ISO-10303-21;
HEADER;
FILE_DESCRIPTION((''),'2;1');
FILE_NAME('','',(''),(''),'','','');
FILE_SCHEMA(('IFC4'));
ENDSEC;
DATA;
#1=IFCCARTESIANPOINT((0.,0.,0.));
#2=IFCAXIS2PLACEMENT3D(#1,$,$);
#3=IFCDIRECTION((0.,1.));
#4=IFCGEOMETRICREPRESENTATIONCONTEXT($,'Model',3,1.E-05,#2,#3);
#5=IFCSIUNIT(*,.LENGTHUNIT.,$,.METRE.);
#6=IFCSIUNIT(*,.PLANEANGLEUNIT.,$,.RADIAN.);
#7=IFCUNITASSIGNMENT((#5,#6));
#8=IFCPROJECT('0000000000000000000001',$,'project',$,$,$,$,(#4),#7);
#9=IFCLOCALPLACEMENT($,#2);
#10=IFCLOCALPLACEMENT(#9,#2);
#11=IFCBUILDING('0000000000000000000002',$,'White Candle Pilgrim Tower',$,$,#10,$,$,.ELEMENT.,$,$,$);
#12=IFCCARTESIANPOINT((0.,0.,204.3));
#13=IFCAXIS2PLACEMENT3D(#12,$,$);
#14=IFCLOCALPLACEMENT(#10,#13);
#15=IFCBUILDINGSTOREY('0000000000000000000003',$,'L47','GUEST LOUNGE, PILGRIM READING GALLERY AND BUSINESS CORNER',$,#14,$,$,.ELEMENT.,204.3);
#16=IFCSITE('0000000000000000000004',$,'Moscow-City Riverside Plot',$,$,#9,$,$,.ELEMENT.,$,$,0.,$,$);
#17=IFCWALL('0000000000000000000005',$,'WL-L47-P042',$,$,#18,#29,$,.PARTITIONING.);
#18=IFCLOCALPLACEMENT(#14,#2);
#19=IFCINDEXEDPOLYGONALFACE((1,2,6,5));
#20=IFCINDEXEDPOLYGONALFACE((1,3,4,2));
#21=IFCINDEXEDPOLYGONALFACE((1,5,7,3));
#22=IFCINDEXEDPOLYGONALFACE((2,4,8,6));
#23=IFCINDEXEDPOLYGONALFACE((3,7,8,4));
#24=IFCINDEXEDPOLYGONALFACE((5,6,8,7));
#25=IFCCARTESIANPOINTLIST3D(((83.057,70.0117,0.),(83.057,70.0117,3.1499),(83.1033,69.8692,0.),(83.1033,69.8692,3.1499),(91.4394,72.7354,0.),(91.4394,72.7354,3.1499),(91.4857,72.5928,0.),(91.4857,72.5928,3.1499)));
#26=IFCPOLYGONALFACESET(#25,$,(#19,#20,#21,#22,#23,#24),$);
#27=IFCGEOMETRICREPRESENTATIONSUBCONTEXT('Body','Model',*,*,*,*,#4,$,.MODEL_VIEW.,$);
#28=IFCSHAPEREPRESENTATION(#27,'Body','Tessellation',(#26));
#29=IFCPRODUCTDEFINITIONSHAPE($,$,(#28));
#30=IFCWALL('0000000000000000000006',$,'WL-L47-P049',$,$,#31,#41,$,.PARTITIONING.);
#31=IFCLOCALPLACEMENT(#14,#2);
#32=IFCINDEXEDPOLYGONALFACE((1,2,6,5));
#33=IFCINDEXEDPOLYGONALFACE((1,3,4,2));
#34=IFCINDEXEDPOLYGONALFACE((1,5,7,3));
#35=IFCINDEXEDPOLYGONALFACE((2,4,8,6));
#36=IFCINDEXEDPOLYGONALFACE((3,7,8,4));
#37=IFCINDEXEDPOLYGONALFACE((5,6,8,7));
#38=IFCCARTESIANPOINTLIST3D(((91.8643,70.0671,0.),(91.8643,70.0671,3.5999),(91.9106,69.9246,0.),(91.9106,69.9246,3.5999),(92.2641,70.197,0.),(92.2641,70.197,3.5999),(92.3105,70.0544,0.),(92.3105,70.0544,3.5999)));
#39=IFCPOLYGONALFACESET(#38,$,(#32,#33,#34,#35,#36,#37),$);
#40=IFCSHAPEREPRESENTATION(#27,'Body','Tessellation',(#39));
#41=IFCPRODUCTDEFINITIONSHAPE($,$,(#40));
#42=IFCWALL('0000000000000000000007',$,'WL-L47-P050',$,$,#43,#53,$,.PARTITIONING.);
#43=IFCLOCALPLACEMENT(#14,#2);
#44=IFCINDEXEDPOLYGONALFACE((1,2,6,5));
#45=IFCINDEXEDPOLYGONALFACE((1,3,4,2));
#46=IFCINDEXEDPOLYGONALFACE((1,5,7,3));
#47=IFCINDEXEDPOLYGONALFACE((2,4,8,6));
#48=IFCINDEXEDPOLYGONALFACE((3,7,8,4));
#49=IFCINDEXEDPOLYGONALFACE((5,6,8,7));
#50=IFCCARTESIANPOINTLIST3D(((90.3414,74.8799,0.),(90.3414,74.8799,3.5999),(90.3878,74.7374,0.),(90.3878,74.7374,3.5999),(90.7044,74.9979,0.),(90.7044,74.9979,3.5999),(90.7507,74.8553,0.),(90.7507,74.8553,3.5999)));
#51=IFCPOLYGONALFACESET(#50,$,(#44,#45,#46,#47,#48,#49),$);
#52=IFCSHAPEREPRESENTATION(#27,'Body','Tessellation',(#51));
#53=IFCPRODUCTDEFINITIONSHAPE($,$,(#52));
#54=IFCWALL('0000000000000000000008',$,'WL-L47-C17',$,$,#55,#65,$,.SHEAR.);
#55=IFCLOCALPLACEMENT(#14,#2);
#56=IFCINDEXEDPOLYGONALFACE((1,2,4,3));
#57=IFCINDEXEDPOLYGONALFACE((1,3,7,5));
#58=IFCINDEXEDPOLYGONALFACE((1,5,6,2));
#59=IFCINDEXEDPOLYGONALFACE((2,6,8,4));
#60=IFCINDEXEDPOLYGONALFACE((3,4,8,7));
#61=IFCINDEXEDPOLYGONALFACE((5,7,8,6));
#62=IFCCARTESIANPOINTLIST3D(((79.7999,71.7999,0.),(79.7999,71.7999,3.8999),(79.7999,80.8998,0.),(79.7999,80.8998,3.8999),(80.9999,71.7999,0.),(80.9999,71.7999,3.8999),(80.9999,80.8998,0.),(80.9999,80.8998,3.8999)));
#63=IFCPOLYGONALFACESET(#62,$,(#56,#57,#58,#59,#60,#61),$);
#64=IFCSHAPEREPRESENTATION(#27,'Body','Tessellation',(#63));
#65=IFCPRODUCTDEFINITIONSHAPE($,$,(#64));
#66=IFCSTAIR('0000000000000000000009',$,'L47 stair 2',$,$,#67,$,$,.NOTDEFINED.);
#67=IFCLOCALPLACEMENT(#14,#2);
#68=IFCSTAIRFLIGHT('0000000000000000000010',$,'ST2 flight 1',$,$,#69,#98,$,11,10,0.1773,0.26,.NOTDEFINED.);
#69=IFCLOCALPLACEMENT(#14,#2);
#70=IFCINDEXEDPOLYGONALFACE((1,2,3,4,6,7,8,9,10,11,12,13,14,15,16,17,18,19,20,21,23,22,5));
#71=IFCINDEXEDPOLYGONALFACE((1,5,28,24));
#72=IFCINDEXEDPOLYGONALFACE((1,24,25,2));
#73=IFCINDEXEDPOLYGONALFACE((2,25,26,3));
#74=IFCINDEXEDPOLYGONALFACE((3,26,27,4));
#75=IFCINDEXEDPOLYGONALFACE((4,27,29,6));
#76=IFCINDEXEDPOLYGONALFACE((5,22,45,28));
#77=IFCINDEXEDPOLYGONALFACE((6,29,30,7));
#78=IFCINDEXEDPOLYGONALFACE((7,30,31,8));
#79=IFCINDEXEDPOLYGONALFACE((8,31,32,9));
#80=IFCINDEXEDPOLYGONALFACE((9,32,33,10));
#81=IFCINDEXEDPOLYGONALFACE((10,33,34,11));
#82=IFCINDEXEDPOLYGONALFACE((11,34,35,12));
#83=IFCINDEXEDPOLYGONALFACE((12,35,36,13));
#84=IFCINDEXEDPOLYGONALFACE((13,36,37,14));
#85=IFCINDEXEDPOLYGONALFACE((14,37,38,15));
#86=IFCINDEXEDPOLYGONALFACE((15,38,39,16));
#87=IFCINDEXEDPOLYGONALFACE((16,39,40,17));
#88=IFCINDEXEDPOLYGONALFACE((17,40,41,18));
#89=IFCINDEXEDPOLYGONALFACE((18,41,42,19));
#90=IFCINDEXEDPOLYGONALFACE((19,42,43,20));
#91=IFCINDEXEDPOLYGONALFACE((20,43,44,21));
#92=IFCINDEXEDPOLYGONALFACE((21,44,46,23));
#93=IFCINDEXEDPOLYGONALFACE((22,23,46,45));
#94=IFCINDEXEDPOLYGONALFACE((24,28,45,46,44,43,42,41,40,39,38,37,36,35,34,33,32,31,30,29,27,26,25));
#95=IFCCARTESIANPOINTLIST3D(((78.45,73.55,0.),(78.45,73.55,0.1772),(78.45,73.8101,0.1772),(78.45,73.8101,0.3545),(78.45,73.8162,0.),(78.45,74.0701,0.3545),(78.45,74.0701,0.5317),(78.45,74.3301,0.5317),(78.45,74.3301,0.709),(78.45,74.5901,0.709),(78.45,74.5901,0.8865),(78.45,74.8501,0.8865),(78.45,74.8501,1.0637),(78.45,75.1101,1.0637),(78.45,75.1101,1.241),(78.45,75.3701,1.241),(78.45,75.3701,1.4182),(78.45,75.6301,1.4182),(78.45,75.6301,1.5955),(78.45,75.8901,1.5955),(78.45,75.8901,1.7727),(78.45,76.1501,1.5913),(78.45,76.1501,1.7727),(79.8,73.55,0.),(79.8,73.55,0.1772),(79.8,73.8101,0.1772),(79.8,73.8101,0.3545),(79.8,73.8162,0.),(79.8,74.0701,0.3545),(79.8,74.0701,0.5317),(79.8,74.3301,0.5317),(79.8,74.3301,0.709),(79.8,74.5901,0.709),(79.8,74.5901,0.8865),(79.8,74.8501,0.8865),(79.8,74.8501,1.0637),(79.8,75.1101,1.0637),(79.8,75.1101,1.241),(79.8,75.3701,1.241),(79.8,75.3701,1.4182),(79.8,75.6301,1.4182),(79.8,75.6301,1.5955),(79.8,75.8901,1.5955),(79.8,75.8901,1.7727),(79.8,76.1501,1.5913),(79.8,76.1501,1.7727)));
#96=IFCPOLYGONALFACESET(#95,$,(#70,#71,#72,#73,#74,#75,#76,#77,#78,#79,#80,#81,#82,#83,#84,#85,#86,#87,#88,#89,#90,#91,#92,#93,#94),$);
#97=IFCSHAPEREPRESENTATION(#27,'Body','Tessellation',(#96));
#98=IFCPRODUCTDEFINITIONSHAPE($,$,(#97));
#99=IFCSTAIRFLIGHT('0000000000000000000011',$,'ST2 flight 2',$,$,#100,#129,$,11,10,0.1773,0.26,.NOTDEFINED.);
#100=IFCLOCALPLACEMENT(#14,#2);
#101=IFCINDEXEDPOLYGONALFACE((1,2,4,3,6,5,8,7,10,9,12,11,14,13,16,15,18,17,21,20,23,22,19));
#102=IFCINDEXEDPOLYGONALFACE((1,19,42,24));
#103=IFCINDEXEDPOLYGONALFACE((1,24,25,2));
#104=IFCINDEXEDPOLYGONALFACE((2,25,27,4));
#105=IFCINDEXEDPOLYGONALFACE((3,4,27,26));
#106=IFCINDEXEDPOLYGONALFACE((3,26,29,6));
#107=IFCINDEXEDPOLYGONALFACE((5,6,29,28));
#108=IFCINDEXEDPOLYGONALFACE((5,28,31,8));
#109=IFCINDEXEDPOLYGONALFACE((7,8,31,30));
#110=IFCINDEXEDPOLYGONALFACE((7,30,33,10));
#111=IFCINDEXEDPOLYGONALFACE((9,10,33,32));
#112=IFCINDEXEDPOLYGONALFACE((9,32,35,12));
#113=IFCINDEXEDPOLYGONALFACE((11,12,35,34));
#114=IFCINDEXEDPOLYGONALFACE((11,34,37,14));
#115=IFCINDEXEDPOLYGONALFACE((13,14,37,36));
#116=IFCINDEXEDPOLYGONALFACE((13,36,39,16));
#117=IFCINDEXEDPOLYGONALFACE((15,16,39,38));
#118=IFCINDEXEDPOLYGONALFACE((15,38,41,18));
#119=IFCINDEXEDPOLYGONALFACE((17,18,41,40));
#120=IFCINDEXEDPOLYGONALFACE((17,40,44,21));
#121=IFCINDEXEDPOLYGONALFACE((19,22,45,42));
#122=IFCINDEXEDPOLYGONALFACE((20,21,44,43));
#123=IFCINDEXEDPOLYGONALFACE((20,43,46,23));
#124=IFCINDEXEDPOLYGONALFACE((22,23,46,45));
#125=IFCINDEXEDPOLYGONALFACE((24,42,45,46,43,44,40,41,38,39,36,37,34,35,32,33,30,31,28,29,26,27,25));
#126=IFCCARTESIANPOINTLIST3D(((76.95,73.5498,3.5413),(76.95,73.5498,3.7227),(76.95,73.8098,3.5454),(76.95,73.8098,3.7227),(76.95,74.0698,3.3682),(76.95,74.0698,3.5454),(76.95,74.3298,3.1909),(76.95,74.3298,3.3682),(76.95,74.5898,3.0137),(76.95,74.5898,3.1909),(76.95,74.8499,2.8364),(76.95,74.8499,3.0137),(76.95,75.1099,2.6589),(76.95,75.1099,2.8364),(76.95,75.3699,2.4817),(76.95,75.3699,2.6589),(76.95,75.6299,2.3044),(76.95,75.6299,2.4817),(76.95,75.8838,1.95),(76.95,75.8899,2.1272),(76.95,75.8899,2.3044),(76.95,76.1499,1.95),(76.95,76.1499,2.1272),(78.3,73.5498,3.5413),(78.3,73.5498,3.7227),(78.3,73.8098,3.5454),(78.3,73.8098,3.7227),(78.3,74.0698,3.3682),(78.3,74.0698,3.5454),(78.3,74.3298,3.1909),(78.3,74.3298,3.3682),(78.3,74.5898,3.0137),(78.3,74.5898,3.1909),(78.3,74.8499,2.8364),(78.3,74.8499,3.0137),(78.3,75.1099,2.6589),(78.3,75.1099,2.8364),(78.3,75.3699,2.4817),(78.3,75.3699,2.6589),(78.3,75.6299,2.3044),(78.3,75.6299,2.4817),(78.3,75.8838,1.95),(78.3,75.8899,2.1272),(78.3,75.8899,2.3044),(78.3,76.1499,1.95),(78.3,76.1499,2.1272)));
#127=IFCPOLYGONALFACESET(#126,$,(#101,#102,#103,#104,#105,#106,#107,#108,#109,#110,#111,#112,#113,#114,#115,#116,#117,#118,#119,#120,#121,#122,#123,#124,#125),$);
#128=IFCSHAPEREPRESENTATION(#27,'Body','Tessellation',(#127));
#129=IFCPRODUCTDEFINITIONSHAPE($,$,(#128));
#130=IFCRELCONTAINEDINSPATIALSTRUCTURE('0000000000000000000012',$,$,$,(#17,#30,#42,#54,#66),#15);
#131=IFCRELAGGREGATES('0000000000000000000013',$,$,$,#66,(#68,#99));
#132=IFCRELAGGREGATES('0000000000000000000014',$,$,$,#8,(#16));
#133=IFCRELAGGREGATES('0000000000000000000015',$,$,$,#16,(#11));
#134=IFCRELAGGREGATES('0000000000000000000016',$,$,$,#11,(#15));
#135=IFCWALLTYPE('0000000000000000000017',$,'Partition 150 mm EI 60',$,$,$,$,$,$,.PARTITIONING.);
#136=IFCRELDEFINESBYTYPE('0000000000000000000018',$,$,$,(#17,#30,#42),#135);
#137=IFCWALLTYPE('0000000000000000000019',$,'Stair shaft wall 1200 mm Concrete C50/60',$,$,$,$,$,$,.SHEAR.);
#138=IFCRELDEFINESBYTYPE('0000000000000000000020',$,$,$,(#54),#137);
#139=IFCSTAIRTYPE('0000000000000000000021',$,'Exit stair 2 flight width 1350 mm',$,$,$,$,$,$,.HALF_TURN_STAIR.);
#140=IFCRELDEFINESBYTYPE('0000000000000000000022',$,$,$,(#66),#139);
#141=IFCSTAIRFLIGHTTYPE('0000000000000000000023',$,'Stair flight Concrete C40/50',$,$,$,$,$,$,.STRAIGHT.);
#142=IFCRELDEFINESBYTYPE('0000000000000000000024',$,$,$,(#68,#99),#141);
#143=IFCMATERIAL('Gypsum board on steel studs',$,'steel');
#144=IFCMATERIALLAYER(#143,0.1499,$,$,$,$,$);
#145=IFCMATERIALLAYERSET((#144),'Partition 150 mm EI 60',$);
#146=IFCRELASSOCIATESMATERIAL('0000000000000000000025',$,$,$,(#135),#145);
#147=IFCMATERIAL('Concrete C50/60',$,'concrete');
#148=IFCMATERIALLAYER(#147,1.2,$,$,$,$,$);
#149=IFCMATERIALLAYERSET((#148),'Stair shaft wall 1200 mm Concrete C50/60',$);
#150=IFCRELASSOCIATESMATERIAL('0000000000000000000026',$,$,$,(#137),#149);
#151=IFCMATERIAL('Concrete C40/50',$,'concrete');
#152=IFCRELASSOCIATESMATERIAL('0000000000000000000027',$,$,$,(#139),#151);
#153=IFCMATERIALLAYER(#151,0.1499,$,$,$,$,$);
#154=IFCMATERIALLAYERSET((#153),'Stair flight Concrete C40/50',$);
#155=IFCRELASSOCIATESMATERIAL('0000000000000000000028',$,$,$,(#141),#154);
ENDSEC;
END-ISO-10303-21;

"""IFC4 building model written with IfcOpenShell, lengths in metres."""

from ifc_helpers import new_model, si_unit, direction, frame, frame_2d, origin, place, context, subcontext, project, spatial, polyline, rectangle, outline, extrude, material, layer, layer_set, type_object, element, aggregate, save


model = new_model("IFC4")

# Units and contexts
model_context = context("Model", 3, precision=1e-05, world=origin(), true_north=direction((0.0, 1.0)))
body_context = subcontext(model_context, "Body", "Model", "MODEL_VIEW")
ifc_project = project(units=[si_unit("LENGTHUNIT", "METRE"), si_unit("PLANEANGLEUNIT", "RADIAN")], contexts=[model_context])

# Site, building, storey
site_placement = place(None, origin())
site = spatial("IfcSite", under=ifc_project, at=site_placement, Name="Moscow-City Riverside Plot", CompositionType="ELEMENT", RefElevation=0.0)
building_placement = place(site_placement, origin())
building = spatial("IfcBuilding", under=site, at=building_placement, Name="White Candle Pilgrim Tower", CompositionType="ELEMENT")
storey_placement = place(building_placement, frame((0.0, 0.0, 204.3)))
storey = spatial("IfcBuildingStorey", under=building, at=storey_placement, Name="L47", Description="GUEST LOUNGE, PILGRIM READING GALLERY AND BUSINESS CORNER", CompositionType="ELEMENT", Elevation=204.3)

# Shared definitions
ifc_material_1 = material(Name="Concrete C50/60", Category="concrete")

# Shared definitions
ifc_material_2 = material(Name="Gypsum board on steel studs", Category="steel")

# Walls
ifc_layer_1 = layer(ifc_material_2, 0.1499)
ifc_layer_set_1 = layer_set([ifc_layer_1], Name="Partition 150 mm EI 60")
wall_type_1 = type_object("IfcWallType", Name="Partition 150 mm EI 60", PredefinedType="PARTITIONING", material=ifc_layer_set_1)
wall_1_placement = place(storey_placement, frame((91.4624, 72.6641, 0.0), z_axis=(0.0, 0.0, 1.0), x_axis=(-0.951055, -0.309022, 0.0)))
element("IfcWall", 1, at=wall_1_placement, inside=storey, type_object=wall_type_1, Name="WL-L47-P042", PredefinedType="PARTITIONING", context=body_context, shape_type="SweptSolid", body=[
    extrude(rectangle(XDim=8.8137, YDim=0.1499, at=frame_2d((4.4067, 0.0))), origin(), (0.0, 0.0, 1.0), 3.1499),
])
wall_2_placement = place(storey_placement, frame((91.8875, 69.9958, 0.0), z_axis=(0.0, 0.0, 1.0), x_axis=(0.951094, 0.308902, 0.0)))
element("IfcWall", 2, at=wall_2_placement, inside=storey, type_object=wall_type_1, Name="WL-L47-P049", PredefinedType="PARTITIONING", context=body_context, shape_type="SweptSolid", body=[
    extrude(rectangle(XDim=0.4204, YDim=0.1499, at=frame_2d((0.2102, 0.0))), origin(), (0.0, 0.0, 1.0), 3.5999),
])
wall_3_placement = place(storey_placement, frame((90.3645, 74.8086, 0.0), z_axis=(0.0, 0.0, 1.0), x_axis=(0.951025, 0.309115, 0.0)))
element("IfcWall", 3, at=wall_3_placement, inside=storey, type_object=wall_type_1, Name="WL-L47-P050", PredefinedType="PARTITIONING", context=body_context, shape_type="SweptSolid", body=[
    extrude(rectangle(XDim=0.3816, YDim=0.1499, at=frame_2d((0.1909, 0.0))), origin(), (0.0, 0.0, 1.0), 3.5999),
])
ifc_layer_2 = layer(ifc_material_1, 1.2)
ifc_layer_set_2 = layer_set([ifc_layer_2], Name="Stair shaft wall 1200 mm Concrete C50/60")
wall_type_2 = type_object("IfcWallType", Name="Stair shaft wall 1200 mm Concrete C50/60", PredefinedType="SHEAR", material=ifc_layer_set_2)
wall_4_placement = place(storey_placement, frame((80.3999, 71.8, 0.0), z_axis=(0.0, 0.0, 1.0), x_axis=(0.0, 1.0, 0.0)))
element("IfcWall", 4, at=wall_4_placement, inside=storey, type_object=wall_type_2, Name="WL-L47-C17", PredefinedType="SHEAR", context=body_context, shape_type="SweptSolid", body=[
    extrude(rectangle(XDim=9.0999, YDim=1.2, at=frame_2d((4.5498, 0.0))), origin(), (0.0, 0.0, 1.0), 3.8999),
])

# Stair, stair flights
ifc_material_3 = material(Name="Concrete C40/50", Category="concrete")
stair_type = type_object("IfcStairType", Name="Exit stair 2 flight width 1350 mm", PredefinedType="HALF_TURN_STAIR", material=ifc_material_3)
stair_placement = place(storey_placement, origin())
stair = element("IfcStair", 5, at=stair_placement, inside=storey, type_object=stair_type, Name="L47 stair 2", PredefinedType="NOTDEFINED")
ifc_layer_3 = layer(ifc_material_3, 0.1499)
ifc_layer_set_3 = layer_set([ifc_layer_3], Name="Stair flight Concrete C40/50")
stair_flight_type = type_object("IfcStairFlightType", Name="Stair flight Concrete C40/50", PredefinedType="STRAIGHT", material=ifc_layer_set_3)
stair_flight_1_placement = place(storey_placement, frame((79.125, 73.55, 0.0), z_axis=(0.0, 0.0, 1.0), x_axis=(0.0, 1.0, 0.0)))
stair_flight_1 = element("IfcStairFlight", 6, at=stair_flight_1_placement, type_object=stair_flight_type, Name="ST2 flight 1", NumberOfRisers=11, NumberOfTreads=10, PredefinedType="NOTDEFINED", RiserHeight=0.1773, TreadLength=0.26, context=body_context, shape_type="SweptSolid", body=[
    extrude(outline(polyline([(0.0, 0.0), (0.0, 0.1772), (0.26, 0.1772), (0.26, 0.3545), (0.52, 0.3545), (0.52, 0.5317), (0.78, 0.5317), (0.78, 0.709), (1.04, 0.709), (1.04, 0.8865), (1.3, 0.8865), (1.3, 1.0637), (1.5601, 1.0637), (1.5601, 1.241), (1.8201, 1.241), (1.8201, 1.4182), (2.0801, 1.4182), (2.0801, 1.5955), (2.3401, 1.5955), (2.3401, 1.7727), (2.6001, 1.7727), (2.6001, 1.95), (2.6001, 1.5913), (0.2661, 0.0), (0.0, 0.0)])), frame((0.0, 0.675, 0.0), z_axis=(0.0, -1.0, 0.0), x_axis=(1.0, 0.0, 0.0)), (0.0, 0.0, 1.0), 1.3501),
])
stair_flight_2_placement = place(storey_placement, frame((77.625, 76.1499, 1.95), z_axis=(0.0, 0.0, 1.0), x_axis=(0.0, -1.0, 0.0)))
stair_flight_2 = element("IfcStairFlight", 7, at=stair_flight_2_placement, type_object=stair_flight_type, Name="ST2 flight 2", NumberOfRisers=11, NumberOfTreads=10, PredefinedType="NOTDEFINED", RiserHeight=0.1773, TreadLength=0.26, context=body_context, shape_type="SweptSolid", body=[
    extrude(outline(polyline([(0.0, 0.0), (0.0, 0.1772), (0.26, 0.1772), (0.26, 0.3545), (0.52, 0.3545), (0.52, 0.5317), (0.78, 0.5317), (0.78, 0.709), (1.04, 0.709), (1.04, 0.8865), (1.3, 0.8865), (1.3, 1.0637), (1.5601, 1.0637), (1.5601, 1.241), (1.8201, 1.241), (1.8201, 1.4182), (2.0801, 1.4182), (2.0801, 1.5955), (2.3401, 1.5955), (2.3401, 1.7727), (2.6001, 1.7727), (2.6001, 1.95), (2.6001, 1.5913), (0.2661, 0.0), (0.0, 0.0)])), frame((0.0, 0.675, 0.0), z_axis=(0.0, -1.0, 0.0), x_axis=(1.0, 0.0, 0.0)), (0.0, 0.0, 1.0), 1.3501),
])
aggregate(stair, [stair_flight_1, stair_flight_2])

save(model, "model.ifc")
